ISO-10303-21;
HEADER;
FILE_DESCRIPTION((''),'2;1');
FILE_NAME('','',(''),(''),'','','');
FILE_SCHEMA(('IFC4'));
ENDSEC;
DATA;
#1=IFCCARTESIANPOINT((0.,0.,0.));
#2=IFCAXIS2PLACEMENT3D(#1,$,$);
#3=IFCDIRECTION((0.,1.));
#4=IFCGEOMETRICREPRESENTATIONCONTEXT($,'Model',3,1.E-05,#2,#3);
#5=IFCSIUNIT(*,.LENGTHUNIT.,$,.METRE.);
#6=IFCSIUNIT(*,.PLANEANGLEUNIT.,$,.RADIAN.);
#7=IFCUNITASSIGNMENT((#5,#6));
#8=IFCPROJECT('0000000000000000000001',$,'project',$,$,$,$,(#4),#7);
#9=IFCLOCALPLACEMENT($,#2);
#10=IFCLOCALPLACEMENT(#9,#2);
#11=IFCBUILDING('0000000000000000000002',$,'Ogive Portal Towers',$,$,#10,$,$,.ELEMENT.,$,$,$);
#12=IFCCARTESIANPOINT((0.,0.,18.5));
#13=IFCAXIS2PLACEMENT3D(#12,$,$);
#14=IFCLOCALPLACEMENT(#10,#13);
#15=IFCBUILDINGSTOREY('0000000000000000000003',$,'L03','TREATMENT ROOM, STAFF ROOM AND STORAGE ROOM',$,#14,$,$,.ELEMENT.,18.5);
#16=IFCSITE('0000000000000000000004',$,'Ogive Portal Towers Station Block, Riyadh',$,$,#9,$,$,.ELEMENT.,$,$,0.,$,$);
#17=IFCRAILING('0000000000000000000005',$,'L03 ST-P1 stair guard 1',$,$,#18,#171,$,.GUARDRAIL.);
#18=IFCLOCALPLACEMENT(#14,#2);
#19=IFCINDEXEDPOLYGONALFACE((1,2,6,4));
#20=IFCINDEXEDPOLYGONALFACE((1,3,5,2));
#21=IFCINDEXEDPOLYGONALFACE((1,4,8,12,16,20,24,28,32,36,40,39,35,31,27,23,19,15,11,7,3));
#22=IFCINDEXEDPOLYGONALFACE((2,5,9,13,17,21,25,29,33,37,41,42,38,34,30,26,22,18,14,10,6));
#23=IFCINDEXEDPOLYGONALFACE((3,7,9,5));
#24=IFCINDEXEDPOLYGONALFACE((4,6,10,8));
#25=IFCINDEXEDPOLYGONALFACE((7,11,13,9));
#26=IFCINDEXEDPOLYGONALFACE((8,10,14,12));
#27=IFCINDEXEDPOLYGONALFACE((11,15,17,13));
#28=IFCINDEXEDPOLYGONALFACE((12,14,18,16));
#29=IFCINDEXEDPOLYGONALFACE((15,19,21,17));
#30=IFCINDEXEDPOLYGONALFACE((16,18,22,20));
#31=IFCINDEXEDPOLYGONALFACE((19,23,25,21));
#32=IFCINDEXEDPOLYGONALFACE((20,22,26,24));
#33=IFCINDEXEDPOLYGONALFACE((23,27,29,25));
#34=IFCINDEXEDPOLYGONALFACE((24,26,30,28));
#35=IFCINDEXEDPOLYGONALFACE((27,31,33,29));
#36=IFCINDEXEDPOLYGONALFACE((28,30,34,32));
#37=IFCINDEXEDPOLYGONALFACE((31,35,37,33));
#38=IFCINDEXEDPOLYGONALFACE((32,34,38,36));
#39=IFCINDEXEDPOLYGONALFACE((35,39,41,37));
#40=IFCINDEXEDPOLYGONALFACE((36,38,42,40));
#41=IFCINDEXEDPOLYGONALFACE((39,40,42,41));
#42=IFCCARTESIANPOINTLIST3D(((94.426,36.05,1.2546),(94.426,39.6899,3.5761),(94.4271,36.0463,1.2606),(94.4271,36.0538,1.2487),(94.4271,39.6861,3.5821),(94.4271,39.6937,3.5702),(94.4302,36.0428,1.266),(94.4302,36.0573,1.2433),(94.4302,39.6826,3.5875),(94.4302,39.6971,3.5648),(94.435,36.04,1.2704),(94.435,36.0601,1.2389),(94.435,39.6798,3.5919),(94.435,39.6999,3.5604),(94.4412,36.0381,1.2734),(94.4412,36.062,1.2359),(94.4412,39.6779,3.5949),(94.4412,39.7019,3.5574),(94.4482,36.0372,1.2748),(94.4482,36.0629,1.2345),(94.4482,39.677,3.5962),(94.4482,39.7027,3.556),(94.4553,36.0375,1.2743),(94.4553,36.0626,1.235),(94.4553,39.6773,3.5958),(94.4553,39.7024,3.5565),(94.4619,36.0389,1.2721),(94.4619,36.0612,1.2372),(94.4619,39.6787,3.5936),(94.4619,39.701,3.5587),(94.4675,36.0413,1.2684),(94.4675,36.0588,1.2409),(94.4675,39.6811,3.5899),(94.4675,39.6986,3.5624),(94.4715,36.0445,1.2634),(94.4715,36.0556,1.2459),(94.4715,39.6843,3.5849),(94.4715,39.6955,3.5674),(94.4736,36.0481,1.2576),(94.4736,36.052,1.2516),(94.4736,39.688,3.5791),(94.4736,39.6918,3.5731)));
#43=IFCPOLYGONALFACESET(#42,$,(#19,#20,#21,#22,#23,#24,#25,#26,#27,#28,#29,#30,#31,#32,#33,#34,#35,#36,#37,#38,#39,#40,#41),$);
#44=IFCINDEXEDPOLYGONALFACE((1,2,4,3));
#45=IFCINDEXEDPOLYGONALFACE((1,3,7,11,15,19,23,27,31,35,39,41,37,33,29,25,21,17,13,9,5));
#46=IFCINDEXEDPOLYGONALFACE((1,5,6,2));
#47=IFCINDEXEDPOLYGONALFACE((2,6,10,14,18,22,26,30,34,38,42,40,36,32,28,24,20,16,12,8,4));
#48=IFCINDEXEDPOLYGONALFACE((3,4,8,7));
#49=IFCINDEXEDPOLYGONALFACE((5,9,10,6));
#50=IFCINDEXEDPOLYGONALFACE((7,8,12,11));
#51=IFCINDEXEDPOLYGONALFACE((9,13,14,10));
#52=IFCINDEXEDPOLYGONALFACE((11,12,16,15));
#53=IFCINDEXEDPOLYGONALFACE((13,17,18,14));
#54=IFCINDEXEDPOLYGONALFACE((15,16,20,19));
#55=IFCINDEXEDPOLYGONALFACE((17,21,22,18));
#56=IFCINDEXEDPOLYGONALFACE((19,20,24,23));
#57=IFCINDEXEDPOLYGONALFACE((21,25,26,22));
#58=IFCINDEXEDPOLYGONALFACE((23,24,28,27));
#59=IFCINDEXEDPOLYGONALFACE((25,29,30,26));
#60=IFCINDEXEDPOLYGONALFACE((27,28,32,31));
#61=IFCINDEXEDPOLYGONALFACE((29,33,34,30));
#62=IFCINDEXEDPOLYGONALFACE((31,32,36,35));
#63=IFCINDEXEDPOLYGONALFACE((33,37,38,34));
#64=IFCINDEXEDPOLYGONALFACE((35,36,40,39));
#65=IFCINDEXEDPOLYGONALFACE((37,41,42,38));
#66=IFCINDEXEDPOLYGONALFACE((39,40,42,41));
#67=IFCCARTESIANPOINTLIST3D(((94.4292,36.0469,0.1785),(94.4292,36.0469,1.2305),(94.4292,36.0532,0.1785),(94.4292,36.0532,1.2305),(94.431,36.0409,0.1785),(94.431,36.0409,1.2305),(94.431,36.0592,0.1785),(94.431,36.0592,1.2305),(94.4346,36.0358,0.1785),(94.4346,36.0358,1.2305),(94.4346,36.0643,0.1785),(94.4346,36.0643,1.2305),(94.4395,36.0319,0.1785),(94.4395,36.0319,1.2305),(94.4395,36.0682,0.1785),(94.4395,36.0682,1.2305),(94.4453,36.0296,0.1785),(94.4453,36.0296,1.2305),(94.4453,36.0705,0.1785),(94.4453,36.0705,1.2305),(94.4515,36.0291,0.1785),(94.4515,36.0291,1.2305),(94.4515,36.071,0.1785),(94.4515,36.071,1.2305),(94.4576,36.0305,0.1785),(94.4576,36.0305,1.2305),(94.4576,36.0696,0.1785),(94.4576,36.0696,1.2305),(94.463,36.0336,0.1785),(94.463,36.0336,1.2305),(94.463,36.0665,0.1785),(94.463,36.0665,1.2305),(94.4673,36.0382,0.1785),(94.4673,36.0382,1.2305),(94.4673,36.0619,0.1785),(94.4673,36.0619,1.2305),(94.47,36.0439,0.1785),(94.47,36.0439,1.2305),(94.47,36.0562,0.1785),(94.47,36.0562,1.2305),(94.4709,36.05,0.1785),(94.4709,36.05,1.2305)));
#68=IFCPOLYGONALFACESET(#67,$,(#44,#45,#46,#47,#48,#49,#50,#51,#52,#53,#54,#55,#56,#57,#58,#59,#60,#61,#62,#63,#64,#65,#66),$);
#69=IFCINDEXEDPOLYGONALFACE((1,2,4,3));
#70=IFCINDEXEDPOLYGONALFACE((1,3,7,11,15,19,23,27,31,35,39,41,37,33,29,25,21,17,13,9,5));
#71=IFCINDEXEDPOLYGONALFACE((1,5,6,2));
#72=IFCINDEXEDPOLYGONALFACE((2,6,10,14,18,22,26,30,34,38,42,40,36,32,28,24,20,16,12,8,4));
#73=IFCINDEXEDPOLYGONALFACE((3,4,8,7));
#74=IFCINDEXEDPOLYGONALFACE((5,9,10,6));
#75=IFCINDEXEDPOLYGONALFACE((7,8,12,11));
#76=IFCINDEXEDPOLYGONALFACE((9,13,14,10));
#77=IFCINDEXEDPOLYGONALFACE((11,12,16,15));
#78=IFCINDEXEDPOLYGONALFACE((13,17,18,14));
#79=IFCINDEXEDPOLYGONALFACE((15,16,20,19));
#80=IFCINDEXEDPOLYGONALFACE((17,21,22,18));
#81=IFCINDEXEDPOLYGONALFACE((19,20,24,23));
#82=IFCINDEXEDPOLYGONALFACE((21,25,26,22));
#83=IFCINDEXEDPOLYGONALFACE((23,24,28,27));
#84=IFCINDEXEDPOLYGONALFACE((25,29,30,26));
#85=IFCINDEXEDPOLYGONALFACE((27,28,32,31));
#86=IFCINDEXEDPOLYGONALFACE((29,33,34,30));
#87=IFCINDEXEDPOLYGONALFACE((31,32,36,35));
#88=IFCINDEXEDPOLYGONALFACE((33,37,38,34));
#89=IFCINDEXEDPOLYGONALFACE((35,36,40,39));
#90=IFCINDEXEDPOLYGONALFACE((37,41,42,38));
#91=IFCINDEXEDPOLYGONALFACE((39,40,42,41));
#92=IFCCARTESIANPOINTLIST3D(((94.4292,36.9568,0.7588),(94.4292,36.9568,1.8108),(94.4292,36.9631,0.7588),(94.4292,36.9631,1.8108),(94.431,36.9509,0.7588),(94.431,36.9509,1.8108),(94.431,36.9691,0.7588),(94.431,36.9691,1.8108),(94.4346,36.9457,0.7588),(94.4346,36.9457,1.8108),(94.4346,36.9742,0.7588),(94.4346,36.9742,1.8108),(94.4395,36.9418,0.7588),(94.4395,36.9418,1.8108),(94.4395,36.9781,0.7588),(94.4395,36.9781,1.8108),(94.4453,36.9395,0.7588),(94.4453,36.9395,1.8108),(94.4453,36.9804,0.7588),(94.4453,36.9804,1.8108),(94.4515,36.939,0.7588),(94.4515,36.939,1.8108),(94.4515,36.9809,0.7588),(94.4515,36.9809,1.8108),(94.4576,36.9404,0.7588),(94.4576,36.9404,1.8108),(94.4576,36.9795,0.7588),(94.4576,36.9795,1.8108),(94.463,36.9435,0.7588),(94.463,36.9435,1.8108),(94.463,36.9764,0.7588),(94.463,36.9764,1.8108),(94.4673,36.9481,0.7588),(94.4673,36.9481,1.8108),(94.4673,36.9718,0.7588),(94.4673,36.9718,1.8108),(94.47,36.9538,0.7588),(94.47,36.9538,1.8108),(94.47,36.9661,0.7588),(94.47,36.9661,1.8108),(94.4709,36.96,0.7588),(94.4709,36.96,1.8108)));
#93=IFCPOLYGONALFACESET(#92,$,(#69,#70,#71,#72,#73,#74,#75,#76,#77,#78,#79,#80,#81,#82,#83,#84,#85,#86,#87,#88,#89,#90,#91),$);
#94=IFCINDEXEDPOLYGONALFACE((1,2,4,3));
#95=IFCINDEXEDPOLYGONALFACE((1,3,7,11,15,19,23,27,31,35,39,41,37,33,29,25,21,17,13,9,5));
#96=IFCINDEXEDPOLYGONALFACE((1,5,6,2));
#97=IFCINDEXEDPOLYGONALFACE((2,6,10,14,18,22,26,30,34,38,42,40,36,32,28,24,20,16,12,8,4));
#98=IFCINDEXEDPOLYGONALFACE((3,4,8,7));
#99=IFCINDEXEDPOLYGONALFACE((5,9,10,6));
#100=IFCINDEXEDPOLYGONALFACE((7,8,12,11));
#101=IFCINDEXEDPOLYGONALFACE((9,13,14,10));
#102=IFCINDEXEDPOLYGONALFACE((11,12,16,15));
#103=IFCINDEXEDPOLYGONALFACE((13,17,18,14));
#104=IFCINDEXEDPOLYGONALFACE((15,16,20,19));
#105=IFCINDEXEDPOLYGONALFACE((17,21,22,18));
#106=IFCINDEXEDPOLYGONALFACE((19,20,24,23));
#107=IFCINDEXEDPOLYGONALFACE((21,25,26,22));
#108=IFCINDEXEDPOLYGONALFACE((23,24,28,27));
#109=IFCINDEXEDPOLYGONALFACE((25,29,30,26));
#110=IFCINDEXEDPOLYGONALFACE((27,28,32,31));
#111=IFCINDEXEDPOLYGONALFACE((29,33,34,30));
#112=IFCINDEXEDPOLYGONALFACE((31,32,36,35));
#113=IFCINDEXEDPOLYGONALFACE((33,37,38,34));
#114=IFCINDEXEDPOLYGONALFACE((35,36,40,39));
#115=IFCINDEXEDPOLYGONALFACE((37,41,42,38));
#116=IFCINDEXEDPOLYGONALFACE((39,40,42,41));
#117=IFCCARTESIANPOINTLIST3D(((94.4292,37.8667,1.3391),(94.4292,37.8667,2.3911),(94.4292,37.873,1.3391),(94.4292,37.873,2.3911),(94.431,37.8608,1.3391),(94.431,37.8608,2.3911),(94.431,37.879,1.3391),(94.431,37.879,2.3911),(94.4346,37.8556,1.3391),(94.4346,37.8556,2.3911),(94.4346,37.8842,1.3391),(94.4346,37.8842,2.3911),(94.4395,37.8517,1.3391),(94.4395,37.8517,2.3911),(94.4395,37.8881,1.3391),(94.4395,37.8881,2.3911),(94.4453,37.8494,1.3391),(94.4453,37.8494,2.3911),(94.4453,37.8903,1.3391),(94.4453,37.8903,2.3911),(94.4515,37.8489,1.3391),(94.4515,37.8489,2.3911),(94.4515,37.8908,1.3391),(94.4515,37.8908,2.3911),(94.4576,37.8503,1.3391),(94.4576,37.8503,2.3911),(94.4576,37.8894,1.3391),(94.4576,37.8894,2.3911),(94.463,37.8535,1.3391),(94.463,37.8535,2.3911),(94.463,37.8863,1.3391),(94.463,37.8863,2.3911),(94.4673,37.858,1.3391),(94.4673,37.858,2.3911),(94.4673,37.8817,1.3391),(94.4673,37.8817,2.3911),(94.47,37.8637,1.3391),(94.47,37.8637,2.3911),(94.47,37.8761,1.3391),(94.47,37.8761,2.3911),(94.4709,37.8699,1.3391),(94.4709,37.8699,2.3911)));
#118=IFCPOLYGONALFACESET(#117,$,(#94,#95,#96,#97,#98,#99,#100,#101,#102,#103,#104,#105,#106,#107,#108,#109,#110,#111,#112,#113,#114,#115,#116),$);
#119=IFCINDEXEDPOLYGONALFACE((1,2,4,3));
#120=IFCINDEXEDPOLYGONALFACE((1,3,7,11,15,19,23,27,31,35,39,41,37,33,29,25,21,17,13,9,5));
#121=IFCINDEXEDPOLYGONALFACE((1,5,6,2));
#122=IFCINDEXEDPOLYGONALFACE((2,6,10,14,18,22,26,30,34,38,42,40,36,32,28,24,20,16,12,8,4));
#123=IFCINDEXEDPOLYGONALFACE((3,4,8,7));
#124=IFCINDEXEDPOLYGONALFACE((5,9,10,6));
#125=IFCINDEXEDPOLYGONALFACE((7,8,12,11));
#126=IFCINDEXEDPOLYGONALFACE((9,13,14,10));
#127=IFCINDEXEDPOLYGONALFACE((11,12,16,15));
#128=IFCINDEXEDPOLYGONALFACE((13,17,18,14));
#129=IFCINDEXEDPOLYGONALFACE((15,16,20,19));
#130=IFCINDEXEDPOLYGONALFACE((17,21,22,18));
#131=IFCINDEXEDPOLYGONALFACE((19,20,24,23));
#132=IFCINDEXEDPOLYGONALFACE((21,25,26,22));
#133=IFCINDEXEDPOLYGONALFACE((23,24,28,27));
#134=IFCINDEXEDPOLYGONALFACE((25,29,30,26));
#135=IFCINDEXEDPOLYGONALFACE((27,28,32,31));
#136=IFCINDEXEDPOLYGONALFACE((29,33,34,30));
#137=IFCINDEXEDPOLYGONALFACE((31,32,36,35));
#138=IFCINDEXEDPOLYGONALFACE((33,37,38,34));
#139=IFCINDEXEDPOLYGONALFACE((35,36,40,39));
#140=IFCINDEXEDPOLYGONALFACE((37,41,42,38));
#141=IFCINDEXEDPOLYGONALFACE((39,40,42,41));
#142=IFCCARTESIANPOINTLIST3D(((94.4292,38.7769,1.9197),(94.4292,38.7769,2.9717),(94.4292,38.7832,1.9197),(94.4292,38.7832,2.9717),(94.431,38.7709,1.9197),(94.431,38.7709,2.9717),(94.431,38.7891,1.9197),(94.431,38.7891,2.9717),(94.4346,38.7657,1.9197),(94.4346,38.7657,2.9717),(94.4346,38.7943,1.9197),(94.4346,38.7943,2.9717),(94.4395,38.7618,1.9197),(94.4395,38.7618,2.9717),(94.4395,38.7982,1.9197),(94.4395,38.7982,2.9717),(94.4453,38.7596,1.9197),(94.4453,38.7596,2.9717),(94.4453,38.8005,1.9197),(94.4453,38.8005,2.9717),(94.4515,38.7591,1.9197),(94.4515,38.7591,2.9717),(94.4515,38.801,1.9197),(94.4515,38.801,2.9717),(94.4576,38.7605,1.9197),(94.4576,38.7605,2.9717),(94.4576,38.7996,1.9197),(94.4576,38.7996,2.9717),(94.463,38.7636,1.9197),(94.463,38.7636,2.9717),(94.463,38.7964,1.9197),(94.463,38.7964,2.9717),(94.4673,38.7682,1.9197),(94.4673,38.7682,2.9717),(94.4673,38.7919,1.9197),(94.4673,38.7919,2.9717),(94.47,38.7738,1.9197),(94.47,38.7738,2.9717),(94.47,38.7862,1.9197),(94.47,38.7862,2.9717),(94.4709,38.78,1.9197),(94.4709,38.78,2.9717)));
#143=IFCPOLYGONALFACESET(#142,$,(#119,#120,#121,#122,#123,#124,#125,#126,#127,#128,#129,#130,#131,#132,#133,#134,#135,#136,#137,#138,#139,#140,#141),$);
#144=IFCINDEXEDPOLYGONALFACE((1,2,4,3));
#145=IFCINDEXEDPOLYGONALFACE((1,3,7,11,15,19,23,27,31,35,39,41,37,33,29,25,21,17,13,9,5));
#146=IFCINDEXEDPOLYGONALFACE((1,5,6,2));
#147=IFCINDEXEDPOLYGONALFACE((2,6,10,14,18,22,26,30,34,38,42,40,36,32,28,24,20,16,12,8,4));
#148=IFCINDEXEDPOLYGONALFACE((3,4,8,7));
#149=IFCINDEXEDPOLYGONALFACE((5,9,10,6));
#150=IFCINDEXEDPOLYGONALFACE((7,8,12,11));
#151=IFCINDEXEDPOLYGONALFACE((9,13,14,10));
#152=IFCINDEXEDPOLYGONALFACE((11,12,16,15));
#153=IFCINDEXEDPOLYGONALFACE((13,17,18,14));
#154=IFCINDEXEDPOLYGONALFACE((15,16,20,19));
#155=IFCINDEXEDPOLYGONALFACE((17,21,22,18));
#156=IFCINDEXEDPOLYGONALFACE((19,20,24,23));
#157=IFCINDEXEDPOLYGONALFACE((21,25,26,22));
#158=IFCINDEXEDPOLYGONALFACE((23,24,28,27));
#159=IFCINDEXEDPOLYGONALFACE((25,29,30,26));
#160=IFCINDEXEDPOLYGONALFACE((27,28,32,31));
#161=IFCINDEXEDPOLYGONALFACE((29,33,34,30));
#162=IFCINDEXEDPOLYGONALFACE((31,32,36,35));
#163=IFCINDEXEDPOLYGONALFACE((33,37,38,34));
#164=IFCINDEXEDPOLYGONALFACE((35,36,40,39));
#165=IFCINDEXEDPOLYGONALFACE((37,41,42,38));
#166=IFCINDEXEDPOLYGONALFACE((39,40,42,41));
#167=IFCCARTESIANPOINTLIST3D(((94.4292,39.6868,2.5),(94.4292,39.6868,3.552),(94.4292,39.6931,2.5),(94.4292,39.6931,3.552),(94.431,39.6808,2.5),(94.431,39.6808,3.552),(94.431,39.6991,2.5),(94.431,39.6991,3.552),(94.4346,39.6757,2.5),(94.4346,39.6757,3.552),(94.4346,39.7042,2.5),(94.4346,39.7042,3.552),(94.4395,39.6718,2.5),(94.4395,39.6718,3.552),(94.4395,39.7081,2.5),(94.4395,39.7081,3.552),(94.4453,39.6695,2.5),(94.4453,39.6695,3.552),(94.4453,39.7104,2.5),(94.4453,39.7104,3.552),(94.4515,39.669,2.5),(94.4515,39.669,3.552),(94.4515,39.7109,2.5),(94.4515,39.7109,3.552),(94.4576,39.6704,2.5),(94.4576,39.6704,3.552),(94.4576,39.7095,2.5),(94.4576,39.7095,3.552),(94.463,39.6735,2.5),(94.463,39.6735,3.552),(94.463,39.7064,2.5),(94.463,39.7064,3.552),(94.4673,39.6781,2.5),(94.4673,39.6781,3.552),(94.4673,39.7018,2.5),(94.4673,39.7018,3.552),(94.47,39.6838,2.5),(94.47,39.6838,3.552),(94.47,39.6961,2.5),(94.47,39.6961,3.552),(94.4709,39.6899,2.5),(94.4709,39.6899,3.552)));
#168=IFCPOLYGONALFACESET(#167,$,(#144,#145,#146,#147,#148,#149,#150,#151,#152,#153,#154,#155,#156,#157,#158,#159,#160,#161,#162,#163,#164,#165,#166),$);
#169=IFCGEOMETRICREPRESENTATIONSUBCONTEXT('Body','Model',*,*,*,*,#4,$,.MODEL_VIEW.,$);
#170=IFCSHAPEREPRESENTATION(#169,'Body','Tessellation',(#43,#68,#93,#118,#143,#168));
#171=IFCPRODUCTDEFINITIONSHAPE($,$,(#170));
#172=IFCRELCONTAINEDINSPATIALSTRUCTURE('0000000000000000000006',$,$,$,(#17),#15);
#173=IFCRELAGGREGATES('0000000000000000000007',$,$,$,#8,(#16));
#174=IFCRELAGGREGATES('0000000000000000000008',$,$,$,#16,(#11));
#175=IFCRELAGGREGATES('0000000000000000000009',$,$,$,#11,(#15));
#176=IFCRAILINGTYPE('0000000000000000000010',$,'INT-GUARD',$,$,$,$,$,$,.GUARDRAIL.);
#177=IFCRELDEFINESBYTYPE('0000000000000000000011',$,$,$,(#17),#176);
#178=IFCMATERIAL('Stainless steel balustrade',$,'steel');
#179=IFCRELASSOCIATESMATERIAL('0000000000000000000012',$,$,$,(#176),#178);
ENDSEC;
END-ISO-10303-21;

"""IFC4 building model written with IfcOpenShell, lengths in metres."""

from ifc_helpers import new_model, si_unit, direction, frame, origin, origin_2d, place, context, subcontext, project, spatial, circle, extrude, material, type_object, element, save


model = new_model("IFC4")

# Units and contexts
model_context = context("Model", 3, precision=1e-05, world=origin(), true_north=direction((0.0, 1.0)))
body_context = subcontext(model_context, "Body", "Model", "MODEL_VIEW")
ifc_project = project(units=[si_unit("LENGTHUNIT", "METRE"), si_unit("PLANEANGLEUNIT", "RADIAN")], contexts=[model_context])

# Site, building, storey
site_placement = place(None, origin())
site = spatial("IfcSite", under=ifc_project, at=site_placement, Name="Ogive Portal Towers Station Block, Riyadh", CompositionType="ELEMENT", RefElevation=0.0)
building_placement = place(site_placement, origin())
building = spatial("IfcBuilding", under=site, at=building_placement, Name="Ogive Portal Towers", CompositionType="ELEMENT")
storey_placement = place(building_placement, frame((0.0, 0.0, 18.5)))
storey = spatial("IfcBuildingStorey", under=building, at=storey_placement, Name="L03", Description="TREATMENT ROOM, STAFF ROOM AND STORAGE ROOM", CompositionType="ELEMENT", Elevation=18.5)

# Railing
ifc_material_1 = material(Name="Stainless steel balustrade", Category="steel")
railing_type_1 = type_object("IfcRailingType", Name="INT-GUARD", PredefinedType="GUARDRAIL", material=ifc_material_1)
railing_1_placement = place(storey_placement, frame((94.45, 36.05, 0.1785)))
element("IfcRailing", 1, at=railing_1_placement, inside=storey, type_object=railing_type_1, Name="L03 ST-P1 stair guard 1", PredefinedType="GUARDRAIL", context=body_context, shape_type="SweptSolid", body=[
    extrude(circle(Radius=0.0239, at=origin_2d()), frame((0.0, 0.0, 1.0762), z_axis=(0.0, 0.843112, 0.537739), x_axis=(-1.0, 0.0, 0.0)), (0.0, 0.0, 1.0), 4.3171),
    extrude(circle(Radius=0.021, at=origin_2d()), origin(), (0.0, 0.0, 1.0), 1.052),
    extrude(circle(Radius=0.021, at=origin_2d()), frame((0.0, 0.9099, 0.5803)), (0.0, 0.0, 1.0), 1.052),
    extrude(circle(Radius=0.021, at=origin_2d()), frame((0.0, 1.8198, 1.1606)), (0.0, 0.0, 1.0), 1.052),
    extrude(circle(Radius=0.021, at=origin_2d()), frame((0.0, 2.73, 1.7412)), (0.0, 0.0, 1.0), 1.052),
    extrude(circle(Radius=0.021, at=origin_2d()), frame((0.0, 3.6399, 2.3215)), (0.0, 0.0, 1.0), 1.052),
])

save(model, "model.ifc")
